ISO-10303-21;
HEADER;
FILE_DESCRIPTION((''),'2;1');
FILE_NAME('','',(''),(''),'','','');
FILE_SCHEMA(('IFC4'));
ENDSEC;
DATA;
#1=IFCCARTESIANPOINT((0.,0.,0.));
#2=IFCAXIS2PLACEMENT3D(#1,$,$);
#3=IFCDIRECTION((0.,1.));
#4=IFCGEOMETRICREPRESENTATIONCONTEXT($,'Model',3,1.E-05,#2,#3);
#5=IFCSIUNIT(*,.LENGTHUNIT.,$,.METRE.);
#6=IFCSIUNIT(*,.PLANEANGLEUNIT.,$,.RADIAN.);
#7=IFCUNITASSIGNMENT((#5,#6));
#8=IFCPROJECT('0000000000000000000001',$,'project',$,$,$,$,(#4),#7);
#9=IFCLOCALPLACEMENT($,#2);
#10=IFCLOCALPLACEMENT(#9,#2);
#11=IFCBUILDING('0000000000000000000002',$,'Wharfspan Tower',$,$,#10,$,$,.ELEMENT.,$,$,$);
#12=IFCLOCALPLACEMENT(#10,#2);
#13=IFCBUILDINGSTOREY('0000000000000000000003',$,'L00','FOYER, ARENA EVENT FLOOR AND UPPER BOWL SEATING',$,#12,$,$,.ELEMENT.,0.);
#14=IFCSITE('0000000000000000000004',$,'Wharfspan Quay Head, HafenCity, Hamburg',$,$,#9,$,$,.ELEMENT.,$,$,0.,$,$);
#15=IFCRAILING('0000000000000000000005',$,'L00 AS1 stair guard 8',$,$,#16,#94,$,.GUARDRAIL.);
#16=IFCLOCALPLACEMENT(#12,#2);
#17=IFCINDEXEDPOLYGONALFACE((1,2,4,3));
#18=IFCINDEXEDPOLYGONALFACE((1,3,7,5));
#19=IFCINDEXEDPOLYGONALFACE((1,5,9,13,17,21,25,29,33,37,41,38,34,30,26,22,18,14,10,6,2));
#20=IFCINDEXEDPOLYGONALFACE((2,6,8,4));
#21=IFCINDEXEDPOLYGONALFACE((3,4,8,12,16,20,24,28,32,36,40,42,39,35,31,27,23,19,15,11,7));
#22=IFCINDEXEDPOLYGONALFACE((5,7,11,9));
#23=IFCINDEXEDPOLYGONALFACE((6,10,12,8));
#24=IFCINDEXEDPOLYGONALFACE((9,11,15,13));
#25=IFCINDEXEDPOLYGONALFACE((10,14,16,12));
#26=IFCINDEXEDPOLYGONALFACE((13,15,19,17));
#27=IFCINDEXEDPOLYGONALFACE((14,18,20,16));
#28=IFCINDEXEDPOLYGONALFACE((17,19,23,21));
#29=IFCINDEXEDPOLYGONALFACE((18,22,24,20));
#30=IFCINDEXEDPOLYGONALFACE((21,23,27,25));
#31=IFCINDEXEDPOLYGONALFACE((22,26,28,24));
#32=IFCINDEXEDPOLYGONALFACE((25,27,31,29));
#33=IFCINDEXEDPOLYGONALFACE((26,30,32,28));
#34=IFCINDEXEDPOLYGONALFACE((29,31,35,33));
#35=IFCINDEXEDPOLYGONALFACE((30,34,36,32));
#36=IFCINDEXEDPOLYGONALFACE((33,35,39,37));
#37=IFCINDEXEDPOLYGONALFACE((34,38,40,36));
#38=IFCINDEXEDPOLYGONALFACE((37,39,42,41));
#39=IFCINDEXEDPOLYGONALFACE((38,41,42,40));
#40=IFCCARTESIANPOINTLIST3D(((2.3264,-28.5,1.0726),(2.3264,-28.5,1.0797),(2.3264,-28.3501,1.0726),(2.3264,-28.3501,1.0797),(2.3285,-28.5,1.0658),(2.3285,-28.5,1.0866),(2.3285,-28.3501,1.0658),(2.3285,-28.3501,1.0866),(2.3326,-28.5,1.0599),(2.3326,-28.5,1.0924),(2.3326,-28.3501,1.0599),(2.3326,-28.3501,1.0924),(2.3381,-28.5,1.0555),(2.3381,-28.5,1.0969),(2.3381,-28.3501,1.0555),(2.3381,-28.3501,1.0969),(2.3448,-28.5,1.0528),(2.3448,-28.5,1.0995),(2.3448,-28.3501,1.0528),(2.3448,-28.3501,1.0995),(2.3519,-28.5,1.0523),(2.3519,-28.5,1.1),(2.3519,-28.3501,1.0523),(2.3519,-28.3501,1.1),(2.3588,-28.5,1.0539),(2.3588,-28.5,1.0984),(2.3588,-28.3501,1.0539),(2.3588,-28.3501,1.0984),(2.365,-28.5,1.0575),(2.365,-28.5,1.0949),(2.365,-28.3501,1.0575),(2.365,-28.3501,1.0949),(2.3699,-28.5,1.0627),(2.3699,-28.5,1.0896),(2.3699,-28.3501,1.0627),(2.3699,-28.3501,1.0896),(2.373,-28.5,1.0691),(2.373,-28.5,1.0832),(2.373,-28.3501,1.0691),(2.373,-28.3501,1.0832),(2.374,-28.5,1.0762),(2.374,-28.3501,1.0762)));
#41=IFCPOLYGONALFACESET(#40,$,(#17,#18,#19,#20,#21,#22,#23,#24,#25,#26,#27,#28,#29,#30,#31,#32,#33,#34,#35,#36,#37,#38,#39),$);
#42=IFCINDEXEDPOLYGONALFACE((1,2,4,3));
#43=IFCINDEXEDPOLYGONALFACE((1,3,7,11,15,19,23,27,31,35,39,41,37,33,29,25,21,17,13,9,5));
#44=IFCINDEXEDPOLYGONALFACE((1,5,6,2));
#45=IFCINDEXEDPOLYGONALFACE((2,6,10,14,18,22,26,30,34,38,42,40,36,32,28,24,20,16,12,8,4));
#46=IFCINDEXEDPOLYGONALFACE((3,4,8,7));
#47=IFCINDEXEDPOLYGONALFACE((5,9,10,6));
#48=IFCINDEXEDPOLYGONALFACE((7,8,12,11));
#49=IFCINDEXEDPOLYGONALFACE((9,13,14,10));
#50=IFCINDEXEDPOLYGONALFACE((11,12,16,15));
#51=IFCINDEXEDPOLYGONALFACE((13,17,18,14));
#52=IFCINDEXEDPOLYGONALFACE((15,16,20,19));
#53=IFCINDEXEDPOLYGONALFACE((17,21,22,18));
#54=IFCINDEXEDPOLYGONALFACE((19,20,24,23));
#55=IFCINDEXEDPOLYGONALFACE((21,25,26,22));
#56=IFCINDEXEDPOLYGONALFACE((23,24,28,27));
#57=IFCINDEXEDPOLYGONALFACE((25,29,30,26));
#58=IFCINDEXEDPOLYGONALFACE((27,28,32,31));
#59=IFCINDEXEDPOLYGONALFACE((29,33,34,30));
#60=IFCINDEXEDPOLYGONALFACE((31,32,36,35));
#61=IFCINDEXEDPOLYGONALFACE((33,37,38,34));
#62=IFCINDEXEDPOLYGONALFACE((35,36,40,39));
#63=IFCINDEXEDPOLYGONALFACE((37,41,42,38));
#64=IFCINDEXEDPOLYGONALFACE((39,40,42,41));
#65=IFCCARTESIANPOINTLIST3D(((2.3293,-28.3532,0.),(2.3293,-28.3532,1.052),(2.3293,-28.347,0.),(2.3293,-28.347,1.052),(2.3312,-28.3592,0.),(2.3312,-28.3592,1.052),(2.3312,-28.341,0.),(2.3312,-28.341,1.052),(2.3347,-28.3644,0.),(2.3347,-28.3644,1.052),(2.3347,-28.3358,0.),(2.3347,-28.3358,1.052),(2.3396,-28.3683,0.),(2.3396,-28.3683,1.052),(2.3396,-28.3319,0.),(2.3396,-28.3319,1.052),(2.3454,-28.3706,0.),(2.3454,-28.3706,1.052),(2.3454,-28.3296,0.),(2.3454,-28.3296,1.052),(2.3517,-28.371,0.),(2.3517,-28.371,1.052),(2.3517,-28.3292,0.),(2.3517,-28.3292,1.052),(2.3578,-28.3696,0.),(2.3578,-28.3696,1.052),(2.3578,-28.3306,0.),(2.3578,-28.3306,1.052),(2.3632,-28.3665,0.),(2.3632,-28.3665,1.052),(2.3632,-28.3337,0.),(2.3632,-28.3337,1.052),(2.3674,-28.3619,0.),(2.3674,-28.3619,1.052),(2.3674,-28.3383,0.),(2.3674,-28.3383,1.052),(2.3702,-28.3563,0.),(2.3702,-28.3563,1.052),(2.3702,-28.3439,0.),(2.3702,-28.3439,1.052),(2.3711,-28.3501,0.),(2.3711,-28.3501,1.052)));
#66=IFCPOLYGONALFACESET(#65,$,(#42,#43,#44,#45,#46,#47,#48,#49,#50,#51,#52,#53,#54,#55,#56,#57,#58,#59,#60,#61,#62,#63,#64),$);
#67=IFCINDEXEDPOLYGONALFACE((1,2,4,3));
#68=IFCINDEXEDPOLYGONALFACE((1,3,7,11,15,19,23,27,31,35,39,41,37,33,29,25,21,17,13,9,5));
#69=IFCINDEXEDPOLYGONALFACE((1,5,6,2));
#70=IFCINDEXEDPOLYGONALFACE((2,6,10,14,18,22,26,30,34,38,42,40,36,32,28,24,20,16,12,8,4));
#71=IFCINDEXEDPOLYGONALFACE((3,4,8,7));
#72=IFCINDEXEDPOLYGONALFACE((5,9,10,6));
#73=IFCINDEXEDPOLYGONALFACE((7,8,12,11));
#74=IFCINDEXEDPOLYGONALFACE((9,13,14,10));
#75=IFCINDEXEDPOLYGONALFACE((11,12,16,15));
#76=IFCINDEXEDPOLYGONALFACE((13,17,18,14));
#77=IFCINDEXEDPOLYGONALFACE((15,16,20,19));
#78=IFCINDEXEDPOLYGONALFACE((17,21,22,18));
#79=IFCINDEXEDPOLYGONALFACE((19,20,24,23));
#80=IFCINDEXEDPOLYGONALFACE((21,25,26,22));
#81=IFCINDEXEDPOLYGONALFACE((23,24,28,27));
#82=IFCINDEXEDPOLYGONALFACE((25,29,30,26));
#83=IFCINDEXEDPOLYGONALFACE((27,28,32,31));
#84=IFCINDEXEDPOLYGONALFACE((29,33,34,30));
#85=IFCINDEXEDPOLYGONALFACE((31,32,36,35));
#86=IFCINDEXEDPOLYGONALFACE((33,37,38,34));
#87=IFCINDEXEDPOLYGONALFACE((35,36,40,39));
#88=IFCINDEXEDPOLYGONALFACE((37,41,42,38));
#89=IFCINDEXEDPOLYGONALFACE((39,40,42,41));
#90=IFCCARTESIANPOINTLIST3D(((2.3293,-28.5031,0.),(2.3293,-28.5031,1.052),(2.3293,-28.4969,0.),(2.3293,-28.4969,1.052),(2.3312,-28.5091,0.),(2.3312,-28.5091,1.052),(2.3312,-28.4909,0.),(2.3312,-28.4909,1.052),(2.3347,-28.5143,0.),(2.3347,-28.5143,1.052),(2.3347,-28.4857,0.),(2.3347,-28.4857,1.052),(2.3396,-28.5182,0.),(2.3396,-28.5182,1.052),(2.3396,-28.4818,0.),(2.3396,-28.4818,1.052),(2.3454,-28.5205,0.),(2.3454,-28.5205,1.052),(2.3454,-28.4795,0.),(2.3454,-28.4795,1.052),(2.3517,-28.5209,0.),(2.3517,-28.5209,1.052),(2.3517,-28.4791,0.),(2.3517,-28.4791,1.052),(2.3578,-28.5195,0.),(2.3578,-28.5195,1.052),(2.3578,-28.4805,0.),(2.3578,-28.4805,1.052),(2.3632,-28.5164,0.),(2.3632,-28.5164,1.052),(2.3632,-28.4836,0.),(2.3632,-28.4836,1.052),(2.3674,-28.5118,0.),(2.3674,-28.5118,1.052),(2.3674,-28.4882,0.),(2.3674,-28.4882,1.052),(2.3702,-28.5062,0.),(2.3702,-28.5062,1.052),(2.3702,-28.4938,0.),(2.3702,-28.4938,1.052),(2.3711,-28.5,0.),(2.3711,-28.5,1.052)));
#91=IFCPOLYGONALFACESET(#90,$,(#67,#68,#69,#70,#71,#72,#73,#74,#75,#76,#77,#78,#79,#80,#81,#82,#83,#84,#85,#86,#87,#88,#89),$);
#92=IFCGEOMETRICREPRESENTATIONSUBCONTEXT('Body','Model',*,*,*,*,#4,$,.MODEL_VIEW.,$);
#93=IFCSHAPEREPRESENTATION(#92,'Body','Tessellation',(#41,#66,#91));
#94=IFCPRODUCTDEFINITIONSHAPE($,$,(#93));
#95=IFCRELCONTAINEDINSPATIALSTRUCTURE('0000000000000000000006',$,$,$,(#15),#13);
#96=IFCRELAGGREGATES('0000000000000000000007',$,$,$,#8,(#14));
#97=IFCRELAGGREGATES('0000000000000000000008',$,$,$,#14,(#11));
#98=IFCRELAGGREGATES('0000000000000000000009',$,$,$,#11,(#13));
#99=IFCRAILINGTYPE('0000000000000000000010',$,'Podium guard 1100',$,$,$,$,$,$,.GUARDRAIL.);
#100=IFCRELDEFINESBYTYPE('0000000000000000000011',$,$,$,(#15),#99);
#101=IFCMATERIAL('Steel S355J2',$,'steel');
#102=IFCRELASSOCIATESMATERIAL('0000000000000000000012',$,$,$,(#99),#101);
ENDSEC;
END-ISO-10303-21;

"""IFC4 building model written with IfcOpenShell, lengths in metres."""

from ifc_helpers import new_model, si_unit, direction, frame, origin, origin_2d, place, context, subcontext, project, spatial, circle, extrude, material, type_object, element, save


model = new_model("IFC4")

# Units and contexts
model_context = context("Model", 3, precision=1e-05, world=origin(), true_north=direction((0.0, 1.0)))
body_context = subcontext(model_context, "Body", "Model", "MODEL_VIEW")
ifc_project = project(units=[si_unit("LENGTHUNIT", "METRE"), si_unit("PLANEANGLEUNIT", "RADIAN")], contexts=[model_context])

# Site, building, storey
site_placement = place(None, origin())
site = spatial("IfcSite", under=ifc_project, at=site_placement, Name="Wharfspan Quay Head, HafenCity, Hamburg", CompositionType="ELEMENT", RefElevation=0.0)
building_placement = place(site_placement, origin())
building = spatial("IfcBuilding", under=site, at=building_placement, Name="Wharfspan Tower", CompositionType="ELEMENT")
storey_placement = place(building_placement, origin())
storey = spatial("IfcBuildingStorey", under=building, at=storey_placement, Name="L00", Description="FOYER, ARENA EVENT FLOOR AND UPPER BOWL SEATING", CompositionType="ELEMENT", Elevation=0.0)

# Shared definitions
ifc_material_1 = material(Name="Steel S355J2", Category="steel")

# Railing
railing_type_1 = type_object("IfcRailingType", Name="Podium guard 1100", PredefinedType="GUARDRAIL", material=ifc_material_1)
railing_1_placement = place(storey_placement, frame((2.3501, -28.3501, 0.0)))
element("IfcRailing", 1, at=railing_1_placement, inside=storey, type_object=railing_type_1, Name="L00 AS1 stair guard 8", PredefinedType="GUARDRAIL", context=body_context, shape_type="SweptSolid", body=[
    extrude(circle(Radius=0.0239, at=origin_2d()), frame((0.0, 0.0, 1.0762), z_axis=(0.0, -1.0, 0.0), x_axis=(1.0, 0.0, 0.0)), (0.0, 0.0, 1.0), 0.1499),
    extrude(circle(Radius=0.021, at=origin_2d()), origin(), (0.0, 0.0, 1.0), 1.052),
    extrude(circle(Radius=0.021, at=origin_2d()), frame((0.0, -0.1499, 0.0)), (0.0, 0.0, 1.0), 1.052),
])

save(model, "model.ifc")
